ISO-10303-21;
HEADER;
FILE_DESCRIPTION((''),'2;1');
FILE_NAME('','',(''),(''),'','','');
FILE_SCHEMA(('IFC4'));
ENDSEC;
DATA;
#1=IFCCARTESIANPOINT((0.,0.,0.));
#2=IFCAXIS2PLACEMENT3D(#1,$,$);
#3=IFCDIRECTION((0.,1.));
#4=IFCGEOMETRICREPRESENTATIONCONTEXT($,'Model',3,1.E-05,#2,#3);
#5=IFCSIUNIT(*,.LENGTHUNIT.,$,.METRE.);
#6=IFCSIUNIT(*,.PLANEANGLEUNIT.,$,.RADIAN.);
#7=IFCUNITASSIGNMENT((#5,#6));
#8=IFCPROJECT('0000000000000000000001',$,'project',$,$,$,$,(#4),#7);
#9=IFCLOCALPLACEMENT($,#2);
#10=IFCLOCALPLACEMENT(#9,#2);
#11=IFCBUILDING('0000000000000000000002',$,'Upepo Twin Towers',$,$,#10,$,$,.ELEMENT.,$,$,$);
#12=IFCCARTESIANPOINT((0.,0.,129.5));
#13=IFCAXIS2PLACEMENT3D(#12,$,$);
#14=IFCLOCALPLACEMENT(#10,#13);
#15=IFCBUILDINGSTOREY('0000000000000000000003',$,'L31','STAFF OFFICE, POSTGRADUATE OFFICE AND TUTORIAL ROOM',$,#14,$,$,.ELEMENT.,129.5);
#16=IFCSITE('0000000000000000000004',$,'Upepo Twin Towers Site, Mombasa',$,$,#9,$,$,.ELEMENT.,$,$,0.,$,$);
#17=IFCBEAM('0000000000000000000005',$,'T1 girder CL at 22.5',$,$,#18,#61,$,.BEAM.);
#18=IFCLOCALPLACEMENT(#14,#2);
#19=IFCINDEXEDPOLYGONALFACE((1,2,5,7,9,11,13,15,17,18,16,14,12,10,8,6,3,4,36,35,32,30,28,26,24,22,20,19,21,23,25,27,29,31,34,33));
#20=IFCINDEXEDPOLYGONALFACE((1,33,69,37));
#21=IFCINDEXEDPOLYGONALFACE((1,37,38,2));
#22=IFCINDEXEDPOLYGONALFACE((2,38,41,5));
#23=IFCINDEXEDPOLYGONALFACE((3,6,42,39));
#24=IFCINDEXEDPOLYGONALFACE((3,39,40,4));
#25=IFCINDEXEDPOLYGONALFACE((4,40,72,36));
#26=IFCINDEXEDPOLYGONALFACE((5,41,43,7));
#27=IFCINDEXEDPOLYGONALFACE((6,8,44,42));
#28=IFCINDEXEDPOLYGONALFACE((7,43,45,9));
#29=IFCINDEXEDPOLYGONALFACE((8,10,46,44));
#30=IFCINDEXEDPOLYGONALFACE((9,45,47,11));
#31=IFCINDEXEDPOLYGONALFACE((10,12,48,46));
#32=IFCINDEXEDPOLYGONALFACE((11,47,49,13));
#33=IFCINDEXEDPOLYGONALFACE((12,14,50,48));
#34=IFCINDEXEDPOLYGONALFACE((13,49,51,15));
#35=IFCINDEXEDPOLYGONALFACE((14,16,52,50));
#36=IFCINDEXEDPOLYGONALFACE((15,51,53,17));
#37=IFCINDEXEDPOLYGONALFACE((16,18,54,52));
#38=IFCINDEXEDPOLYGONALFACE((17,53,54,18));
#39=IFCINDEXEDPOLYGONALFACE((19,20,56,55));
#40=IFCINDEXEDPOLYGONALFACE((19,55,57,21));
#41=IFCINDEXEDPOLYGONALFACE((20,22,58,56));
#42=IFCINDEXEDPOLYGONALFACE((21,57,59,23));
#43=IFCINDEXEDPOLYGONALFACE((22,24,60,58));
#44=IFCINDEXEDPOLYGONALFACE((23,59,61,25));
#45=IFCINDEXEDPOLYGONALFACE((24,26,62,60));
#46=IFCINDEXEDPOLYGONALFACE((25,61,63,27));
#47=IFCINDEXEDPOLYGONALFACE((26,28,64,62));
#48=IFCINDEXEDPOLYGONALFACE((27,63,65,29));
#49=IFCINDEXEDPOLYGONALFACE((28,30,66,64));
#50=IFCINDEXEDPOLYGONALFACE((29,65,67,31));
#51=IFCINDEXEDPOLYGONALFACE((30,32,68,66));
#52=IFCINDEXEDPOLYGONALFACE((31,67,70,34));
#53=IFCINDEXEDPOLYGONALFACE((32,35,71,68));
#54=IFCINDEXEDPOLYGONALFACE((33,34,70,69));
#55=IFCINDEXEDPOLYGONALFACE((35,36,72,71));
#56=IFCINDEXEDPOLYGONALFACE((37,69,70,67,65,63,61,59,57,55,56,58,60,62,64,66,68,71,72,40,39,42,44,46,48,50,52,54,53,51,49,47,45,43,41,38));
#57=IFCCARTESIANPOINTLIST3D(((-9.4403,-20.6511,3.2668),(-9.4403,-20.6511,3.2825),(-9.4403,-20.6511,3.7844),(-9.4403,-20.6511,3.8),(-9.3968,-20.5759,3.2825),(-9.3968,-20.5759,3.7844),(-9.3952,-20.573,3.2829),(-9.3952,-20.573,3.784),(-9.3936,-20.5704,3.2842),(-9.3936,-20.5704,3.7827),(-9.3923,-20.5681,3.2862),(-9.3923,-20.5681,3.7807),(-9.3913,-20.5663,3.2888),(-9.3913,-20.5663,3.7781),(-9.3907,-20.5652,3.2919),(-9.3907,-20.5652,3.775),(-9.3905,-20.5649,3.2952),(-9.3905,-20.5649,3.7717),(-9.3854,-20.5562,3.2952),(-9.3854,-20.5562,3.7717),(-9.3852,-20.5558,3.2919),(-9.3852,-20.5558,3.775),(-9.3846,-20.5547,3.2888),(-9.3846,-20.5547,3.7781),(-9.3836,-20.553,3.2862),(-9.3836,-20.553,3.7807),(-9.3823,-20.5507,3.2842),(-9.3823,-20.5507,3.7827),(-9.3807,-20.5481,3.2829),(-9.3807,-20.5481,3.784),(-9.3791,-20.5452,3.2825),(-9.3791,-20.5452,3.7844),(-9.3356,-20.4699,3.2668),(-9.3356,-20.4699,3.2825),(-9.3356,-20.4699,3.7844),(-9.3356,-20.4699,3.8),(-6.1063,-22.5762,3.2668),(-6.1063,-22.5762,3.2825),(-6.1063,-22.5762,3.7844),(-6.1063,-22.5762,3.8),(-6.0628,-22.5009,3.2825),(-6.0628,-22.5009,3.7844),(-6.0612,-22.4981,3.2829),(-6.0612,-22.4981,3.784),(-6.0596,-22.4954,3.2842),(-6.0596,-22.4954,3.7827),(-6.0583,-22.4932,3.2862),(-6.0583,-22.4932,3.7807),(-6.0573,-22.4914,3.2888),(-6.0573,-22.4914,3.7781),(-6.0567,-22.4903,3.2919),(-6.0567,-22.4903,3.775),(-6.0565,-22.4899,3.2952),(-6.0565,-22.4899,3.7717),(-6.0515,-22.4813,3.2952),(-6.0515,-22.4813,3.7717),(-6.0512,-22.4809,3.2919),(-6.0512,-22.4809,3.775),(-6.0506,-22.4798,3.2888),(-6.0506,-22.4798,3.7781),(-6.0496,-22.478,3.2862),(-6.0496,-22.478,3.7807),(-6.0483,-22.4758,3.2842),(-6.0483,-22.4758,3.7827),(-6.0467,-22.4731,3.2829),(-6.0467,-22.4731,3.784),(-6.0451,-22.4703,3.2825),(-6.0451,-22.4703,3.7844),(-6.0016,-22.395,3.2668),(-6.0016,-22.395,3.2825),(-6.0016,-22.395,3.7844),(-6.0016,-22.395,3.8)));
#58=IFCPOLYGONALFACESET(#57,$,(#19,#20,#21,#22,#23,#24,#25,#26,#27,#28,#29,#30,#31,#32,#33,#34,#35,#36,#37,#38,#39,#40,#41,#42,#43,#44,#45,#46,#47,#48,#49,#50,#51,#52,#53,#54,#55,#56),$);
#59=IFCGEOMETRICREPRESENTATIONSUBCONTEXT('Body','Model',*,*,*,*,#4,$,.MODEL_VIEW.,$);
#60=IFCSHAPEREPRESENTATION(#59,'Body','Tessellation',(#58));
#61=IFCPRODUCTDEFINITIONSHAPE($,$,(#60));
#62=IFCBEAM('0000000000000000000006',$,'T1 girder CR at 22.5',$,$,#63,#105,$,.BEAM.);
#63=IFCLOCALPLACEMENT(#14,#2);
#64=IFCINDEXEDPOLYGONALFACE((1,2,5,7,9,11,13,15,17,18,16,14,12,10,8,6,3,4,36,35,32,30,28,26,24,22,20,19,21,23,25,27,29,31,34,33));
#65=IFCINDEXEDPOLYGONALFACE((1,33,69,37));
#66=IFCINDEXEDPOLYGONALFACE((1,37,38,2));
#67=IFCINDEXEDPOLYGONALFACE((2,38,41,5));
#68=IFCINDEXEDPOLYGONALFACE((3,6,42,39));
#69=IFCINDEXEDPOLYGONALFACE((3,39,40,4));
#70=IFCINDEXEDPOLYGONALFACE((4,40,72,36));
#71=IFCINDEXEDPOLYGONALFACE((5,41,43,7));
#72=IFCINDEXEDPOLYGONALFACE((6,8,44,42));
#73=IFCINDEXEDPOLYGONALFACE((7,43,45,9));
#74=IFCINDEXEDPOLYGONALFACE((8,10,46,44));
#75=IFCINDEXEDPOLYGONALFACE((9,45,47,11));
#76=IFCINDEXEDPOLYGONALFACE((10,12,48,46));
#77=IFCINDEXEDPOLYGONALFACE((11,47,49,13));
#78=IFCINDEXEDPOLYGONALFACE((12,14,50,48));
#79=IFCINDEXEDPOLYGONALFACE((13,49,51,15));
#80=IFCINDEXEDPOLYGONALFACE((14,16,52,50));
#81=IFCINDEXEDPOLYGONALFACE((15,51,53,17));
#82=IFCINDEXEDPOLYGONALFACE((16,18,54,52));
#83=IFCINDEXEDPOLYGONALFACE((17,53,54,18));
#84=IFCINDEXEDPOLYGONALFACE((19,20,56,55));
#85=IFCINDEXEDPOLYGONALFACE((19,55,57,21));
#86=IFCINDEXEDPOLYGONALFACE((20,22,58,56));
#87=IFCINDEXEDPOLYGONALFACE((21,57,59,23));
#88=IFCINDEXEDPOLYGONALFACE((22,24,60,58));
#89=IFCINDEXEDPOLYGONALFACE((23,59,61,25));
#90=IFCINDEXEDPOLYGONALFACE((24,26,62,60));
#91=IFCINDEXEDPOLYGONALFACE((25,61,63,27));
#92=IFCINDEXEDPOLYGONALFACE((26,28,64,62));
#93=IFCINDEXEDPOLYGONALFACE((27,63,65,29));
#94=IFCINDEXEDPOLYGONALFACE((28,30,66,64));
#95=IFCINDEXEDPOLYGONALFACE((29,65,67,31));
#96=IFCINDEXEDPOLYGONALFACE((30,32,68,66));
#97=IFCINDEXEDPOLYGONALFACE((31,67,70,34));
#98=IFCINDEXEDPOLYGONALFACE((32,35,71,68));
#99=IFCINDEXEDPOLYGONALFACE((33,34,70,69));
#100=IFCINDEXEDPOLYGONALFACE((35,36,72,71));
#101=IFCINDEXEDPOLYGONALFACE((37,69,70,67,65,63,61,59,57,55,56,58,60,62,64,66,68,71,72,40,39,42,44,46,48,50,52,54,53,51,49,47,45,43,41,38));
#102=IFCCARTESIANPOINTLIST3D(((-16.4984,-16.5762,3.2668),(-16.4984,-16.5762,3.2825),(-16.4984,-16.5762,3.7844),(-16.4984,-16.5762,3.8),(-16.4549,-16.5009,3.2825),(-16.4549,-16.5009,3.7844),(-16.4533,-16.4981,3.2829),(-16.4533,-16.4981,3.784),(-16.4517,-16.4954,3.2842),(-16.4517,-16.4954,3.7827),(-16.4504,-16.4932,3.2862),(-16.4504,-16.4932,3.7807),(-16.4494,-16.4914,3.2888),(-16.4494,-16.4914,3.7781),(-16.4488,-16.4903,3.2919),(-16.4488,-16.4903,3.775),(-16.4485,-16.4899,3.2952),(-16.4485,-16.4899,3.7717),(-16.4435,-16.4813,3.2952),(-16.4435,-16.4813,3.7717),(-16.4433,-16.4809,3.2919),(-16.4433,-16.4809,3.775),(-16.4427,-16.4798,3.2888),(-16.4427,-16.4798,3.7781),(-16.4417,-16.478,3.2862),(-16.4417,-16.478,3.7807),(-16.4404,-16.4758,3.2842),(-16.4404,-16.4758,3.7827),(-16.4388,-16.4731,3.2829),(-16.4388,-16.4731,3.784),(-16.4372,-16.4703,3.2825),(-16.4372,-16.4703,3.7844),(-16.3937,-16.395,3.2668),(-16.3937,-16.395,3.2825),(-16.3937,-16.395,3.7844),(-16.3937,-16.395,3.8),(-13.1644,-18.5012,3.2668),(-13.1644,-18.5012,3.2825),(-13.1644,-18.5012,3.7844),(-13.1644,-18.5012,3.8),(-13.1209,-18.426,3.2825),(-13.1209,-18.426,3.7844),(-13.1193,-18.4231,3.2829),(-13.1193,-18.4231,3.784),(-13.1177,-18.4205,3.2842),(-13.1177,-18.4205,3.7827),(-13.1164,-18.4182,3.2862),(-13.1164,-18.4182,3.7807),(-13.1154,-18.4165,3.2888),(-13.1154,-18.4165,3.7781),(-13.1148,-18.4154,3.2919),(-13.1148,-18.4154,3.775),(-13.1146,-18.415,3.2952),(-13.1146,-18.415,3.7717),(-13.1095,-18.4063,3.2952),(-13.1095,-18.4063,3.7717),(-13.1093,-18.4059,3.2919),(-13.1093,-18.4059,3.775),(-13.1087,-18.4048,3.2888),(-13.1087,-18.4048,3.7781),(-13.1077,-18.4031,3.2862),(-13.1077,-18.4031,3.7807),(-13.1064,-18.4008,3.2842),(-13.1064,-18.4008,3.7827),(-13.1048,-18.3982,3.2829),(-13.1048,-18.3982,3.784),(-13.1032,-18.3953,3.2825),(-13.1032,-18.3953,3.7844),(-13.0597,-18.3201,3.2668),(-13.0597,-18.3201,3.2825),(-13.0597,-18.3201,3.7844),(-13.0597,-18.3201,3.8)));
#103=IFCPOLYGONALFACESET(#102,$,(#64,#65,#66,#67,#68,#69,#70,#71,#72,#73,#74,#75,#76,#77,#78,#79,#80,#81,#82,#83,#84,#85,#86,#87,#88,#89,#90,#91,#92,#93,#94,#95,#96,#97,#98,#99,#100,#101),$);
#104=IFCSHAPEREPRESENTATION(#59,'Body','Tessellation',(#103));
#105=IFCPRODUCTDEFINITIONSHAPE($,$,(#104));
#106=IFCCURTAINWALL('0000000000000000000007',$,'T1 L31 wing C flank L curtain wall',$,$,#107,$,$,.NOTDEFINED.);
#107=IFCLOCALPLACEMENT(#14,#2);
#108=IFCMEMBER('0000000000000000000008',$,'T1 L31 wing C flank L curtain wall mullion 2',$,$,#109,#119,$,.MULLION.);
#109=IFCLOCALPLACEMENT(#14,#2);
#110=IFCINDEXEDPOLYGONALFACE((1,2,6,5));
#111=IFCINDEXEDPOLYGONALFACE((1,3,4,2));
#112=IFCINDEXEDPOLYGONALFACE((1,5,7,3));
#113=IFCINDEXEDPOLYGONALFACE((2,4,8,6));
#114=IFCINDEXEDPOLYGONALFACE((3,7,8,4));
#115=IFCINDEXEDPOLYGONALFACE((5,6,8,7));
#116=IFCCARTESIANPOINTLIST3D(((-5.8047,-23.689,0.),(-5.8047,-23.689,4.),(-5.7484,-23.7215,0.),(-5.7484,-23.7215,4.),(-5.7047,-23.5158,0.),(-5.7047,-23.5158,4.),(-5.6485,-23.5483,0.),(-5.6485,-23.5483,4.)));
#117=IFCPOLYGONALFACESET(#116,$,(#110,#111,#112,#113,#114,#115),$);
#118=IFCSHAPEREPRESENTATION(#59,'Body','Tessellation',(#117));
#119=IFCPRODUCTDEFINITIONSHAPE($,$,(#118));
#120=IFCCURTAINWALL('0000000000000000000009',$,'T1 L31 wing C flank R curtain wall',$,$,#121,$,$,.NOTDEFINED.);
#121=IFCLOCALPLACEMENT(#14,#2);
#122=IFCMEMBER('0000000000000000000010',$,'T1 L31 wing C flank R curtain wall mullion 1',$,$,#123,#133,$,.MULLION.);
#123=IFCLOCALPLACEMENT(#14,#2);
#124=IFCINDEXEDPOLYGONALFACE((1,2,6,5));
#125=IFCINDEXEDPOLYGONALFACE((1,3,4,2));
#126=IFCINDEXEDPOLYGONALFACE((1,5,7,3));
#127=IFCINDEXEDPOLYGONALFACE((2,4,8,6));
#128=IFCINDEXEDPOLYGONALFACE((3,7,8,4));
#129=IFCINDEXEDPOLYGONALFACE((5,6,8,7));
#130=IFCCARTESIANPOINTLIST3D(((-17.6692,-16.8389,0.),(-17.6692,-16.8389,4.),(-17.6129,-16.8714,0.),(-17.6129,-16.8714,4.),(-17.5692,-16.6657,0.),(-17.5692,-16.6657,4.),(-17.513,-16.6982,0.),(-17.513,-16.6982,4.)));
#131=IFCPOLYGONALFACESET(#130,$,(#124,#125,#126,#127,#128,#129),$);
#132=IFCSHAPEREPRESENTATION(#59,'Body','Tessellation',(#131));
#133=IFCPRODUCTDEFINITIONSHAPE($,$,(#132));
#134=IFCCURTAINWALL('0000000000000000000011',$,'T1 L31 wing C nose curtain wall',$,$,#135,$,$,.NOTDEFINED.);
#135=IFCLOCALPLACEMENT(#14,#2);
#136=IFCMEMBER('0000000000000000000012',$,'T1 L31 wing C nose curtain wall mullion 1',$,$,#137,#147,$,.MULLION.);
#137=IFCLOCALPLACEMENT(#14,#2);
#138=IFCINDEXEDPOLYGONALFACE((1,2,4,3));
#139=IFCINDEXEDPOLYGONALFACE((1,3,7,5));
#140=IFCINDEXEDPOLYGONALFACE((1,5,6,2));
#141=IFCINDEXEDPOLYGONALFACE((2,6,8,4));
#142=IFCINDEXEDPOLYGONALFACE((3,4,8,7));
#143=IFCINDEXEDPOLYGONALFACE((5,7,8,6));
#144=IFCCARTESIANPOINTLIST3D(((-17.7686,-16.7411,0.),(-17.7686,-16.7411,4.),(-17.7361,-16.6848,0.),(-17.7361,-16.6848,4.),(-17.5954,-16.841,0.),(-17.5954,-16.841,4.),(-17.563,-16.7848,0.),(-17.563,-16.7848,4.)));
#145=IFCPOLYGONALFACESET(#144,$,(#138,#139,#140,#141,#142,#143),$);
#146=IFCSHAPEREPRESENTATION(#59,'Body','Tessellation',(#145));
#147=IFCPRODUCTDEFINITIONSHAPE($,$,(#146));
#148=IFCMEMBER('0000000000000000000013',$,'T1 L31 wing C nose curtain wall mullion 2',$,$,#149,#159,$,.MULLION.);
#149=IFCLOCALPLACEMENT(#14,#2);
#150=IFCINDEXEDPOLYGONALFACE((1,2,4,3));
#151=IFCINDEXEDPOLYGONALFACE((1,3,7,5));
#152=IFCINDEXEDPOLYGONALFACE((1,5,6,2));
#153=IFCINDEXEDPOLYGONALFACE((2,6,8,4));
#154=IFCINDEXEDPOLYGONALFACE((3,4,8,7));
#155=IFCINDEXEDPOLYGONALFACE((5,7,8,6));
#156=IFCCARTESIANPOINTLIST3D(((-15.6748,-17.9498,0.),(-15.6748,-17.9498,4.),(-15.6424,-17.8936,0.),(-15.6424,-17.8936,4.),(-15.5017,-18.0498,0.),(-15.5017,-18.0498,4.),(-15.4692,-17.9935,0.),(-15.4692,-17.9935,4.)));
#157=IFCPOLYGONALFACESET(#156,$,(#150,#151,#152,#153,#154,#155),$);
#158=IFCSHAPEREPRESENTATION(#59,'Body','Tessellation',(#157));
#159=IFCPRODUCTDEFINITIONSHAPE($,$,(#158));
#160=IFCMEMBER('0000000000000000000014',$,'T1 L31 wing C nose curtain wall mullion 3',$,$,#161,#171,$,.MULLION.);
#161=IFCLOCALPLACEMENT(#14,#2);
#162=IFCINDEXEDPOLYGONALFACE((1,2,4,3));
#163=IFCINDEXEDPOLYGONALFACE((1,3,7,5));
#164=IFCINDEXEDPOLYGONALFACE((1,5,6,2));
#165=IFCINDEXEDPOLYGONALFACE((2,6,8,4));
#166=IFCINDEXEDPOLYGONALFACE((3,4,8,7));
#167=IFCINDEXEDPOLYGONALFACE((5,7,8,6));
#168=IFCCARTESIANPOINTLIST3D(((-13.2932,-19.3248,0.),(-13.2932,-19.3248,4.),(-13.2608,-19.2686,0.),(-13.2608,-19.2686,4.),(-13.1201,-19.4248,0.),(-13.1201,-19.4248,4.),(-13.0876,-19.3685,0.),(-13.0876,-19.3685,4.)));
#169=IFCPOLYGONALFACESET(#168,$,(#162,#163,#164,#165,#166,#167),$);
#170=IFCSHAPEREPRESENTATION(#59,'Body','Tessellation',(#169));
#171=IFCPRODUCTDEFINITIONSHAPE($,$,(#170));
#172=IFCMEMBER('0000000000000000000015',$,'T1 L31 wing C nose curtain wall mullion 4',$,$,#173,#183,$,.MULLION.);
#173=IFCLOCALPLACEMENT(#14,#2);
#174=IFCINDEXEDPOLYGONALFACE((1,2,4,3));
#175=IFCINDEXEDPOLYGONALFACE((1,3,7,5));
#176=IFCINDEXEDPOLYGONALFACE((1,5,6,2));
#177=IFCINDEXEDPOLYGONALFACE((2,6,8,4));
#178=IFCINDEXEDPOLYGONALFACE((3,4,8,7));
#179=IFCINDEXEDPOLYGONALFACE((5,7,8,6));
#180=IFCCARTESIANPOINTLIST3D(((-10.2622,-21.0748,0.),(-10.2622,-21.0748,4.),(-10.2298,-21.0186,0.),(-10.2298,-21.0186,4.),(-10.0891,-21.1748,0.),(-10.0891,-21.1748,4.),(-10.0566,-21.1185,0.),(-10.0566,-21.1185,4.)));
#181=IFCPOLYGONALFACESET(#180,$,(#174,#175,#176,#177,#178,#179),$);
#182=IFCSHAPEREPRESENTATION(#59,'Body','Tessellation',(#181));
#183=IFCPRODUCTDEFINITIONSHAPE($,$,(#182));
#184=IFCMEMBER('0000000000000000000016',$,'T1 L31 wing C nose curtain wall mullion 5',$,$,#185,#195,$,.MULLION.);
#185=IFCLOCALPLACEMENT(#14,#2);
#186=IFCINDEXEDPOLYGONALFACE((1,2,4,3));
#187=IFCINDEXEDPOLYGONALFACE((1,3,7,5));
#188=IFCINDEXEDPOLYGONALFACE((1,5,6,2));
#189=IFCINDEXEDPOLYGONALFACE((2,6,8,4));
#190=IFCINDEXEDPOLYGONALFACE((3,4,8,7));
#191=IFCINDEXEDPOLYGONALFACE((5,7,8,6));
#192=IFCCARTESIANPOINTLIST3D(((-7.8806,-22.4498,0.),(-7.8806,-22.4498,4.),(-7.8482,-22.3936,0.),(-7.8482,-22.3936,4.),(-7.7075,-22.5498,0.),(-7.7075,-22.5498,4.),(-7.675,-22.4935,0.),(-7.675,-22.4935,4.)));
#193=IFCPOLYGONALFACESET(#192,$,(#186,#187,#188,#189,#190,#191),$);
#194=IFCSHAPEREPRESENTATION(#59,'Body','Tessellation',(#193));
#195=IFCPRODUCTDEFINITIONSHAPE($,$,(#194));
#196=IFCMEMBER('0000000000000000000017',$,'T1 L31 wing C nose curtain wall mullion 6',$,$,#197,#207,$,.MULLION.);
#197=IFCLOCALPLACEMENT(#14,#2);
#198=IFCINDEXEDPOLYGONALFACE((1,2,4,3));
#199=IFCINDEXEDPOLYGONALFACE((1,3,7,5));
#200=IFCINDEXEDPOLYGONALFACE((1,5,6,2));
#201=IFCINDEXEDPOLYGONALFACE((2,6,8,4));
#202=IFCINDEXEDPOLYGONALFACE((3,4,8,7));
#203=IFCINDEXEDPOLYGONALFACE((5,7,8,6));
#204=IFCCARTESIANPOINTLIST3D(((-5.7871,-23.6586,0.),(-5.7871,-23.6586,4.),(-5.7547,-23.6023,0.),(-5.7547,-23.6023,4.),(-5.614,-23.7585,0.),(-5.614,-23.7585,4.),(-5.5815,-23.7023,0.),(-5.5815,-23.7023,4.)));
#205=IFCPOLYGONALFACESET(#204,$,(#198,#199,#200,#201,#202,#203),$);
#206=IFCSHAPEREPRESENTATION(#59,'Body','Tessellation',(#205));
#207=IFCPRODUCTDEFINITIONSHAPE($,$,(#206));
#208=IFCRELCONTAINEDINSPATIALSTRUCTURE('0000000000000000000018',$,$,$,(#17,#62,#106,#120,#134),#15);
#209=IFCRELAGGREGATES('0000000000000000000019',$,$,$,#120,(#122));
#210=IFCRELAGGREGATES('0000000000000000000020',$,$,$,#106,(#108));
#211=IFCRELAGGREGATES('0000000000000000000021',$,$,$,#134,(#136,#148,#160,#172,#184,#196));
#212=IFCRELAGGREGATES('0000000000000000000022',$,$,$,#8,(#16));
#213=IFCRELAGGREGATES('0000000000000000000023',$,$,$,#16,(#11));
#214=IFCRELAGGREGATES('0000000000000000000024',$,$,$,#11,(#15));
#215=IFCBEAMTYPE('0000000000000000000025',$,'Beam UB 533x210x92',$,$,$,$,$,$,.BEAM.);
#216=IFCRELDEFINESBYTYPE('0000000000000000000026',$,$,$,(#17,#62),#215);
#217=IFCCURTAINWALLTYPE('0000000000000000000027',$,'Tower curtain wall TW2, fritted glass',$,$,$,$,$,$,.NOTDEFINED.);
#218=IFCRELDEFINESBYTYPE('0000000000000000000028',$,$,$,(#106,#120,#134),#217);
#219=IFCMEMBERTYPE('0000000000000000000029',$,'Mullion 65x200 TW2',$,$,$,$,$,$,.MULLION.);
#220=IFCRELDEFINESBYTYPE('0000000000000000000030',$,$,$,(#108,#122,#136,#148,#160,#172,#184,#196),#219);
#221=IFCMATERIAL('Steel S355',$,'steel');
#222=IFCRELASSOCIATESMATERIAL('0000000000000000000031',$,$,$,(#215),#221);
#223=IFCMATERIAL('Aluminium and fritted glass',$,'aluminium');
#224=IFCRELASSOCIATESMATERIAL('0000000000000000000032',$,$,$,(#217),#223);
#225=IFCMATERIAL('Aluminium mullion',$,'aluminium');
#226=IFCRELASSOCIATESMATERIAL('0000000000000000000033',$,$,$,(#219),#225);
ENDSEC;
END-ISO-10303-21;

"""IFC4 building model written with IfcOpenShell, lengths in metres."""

from ifc_helpers import new_model, si_unit, direction, frame, origin, origin_2d, place, context, subcontext, project, spatial, rectangle, i_section, extrude, material, material_profile, profile_set, type_object, element, aggregate, save


model = new_model("IFC4")

# Units and contexts
model_context = context("Model", 3, precision=1e-05, world=origin(), true_north=direction((0.0, 1.0)))
body_context = subcontext(model_context, "Body", "Model", "MODEL_VIEW")
ifc_project = project(units=[si_unit("LENGTHUNIT", "METRE"), si_unit("PLANEANGLEUNIT", "RADIAN")], contexts=[model_context])

# Site, building, storey
site_placement = place(None, origin())
site = spatial("IfcSite", under=ifc_project, at=site_placement, Name="Upepo Twin Towers Site, Mombasa", CompositionType="ELEMENT", RefElevation=0.0)
building_placement = place(site_placement, origin())
building = spatial("IfcBuilding", under=site, at=building_placement, Name="Upepo Twin Towers", CompositionType="ELEMENT")
storey_placement = place(building_placement, frame((0.0, 0.0, 129.5)))
storey = spatial("IfcBuildingStorey", under=building, at=storey_placement, Name="L31", Description="STAFF OFFICE, POSTGRADUATE OFFICE AND TUTORIAL ROOM", CompositionType="ELEMENT", Elevation=129.5)

# Beams
ifc_material_1 = material(Name="Steel S355", Category="steel")
ifc_material_profile_1 = material_profile(ifc_material_1, i_section(OverallWidth=0.2092, OverallDepth=0.5332, WebThickness=0.01, FlangeThickness=0.0156, FilletRadius=0.0127, at=origin_2d()), Name="UB 533x210x92")
ifc_profile_set_1 = profile_set([ifc_material_profile_1], Name="Steel S355")
beam_type_1 = type_object("IfcBeamType", Name="Beam UB 533x210x92", PredefinedType="BEAM", material=ifc_profile_set_1)
for number, where, z_axis, x_axis, name in (
    (1, (-6.054, -22.4856, 3.5334), (-0.866006, 0.500034, 0.0), (-0.500034, -0.866006, 0.0), "T1 girder CL at 22.5"),
    (2, (-16.446, -16.4856, 3.5334), (0.866006, -0.500034, 0.0), (0.500034, 0.866006, 0.0), "T1 girder CR at 22.5"),
):
    element("IfcBeam", number, at=place(storey_placement, frame(where, z_axis=z_axis, x_axis=x_axis)), inside=storey, type_object=beam_type_1, Name=name, PredefinedType="BEAM", context=body_context, shape_type="SweptSolid", body=[
        extrude(i_section(OverallWidth=0.2092, OverallDepth=0.5332, WebThickness=0.01, FlangeThickness=0.0156, FilletRadius=0.0127, at=origin_2d()), origin(), (0.0, 0.0, 1.0), 3.8499),
    ])

# Curtain walls, members
ifc_material_2 = material(Name="Aluminium and fritted glass", Category="aluminium")
curtain_wall_type = type_object("IfcCurtainWallType", Name="Tower curtain wall TW2, fritted glass", PredefinedType="NOTDEFINED", material=ifc_material_2)
curtain_wall_1_placement = place(storey_placement, origin())
curtain_wall_1 = element("IfcCurtainWall", 3, at=curtain_wall_1_placement, inside=storey, type_object=curtain_wall_type, Name="T1 L31 wing C flank L curtain wall", PredefinedType="NOTDEFINED")
ifc_material_3 = material(Name="Aluminium mullion", Category="aluminium")
ifc_material_profile_2 = material_profile(ifc_material_3, rectangle(XDim=0.0649, YDim=0.2, at=origin_2d()), Name="MULLION 65x200")
ifc_profile_set_2 = profile_set([ifc_material_profile_2], Name="Aluminium mullion")
member_type_1 = type_object("IfcMemberType", Name="Mullion 65x200 TW2", PredefinedType="MULLION", material=ifc_profile_set_2)
member_1_placement = place(storey_placement, frame((-5.7266, -23.6187, 0.0), z_axis=(0.0, 0.0, 1.0), x_axis=(0.866025, -0.5, 0.0)))
member_1 = element("IfcMember", 4, at=member_1_placement, type_object=member_type_1, Name="T1 L31 wing C flank L curtain wall mullion 2", PredefinedType="MULLION", context=body_context, shape_type="SweptSolid", body=[
    extrude(rectangle(XDim=0.0649, YDim=0.2, at=origin_2d()), origin(), (0.0, 0.0, 1.0), 4.0),
])
curtain_wall_2_placement = place(storey_placement, origin())
curtain_wall_2 = element("IfcCurtainWall", 5, at=curtain_wall_2_placement, inside=storey, type_object=curtain_wall_type, Name="T1 L31 wing C flank R curtain wall", PredefinedType="NOTDEFINED")
member_2_placement = place(storey_placement, frame((-17.5911, -16.7686, 0.0), z_axis=(0.0, 0.0, 1.0), x_axis=(-0.866025, 0.5, 0.0)))
member_2 = element("IfcMember", 6, at=member_2_placement, type_object=member_type_1, Name="T1 L31 wing C flank R curtain wall mullion 1", PredefinedType="MULLION", context=body_context, shape_type="SweptSolid", body=[
    extrude(rectangle(XDim=0.0649, YDim=0.2, at=origin_2d()), origin(), (0.0, 0.0, 1.0), 4.0),
])

# Curtain wall, members
curtain_wall_3_placement = place(storey_placement, origin())
curtain_wall_3 = element("IfcCurtainWall", 7, at=curtain_wall_3_placement, inside=storey, type_object=curtain_wall_type, Name="T1 L31 wing C nose curtain wall", PredefinedType="NOTDEFINED")
member_3_placement = place(storey_placement, frame((-17.6658, -16.7629, 0.0), z_axis=(0.0, 0.0, 1.0), x_axis=(0.5, 0.866025, 0.0)))
member_3 = element("IfcMember", 8, at=member_3_placement, type_object=member_type_1, Name="T1 L31 wing C nose curtain wall mullion 1", PredefinedType="MULLION", context=body_context, shape_type="SweptSolid", body=[
    extrude(rectangle(XDim=0.0649, YDim=0.2, at=origin_2d()), origin(), (0.0, 0.0, 1.0), 4.0),
])
member_4_placement = place(storey_placement, frame((-15.572, -17.9717, 0.0), z_axis=(0.0, 0.0, 1.0), x_axis=(0.5, 0.866025, 0.0)))
member_4 = element("IfcMember", 9, at=member_4_placement, type_object=member_type_1, Name="T1 L31 wing C nose curtain wall mullion 2", PredefinedType="MULLION", context=body_context, shape_type="SweptSolid", body=[
    extrude(rectangle(XDim=0.0649, YDim=0.2, at=origin_2d()), origin(), (0.0, 0.0, 1.0), 4.0),
])
member_5_placement = place(storey_placement, frame((-13.1904, -19.3467, 0.0), z_axis=(0.0, 0.0, 1.0), x_axis=(0.5, 0.866025, 0.0)))
member_5 = element("IfcMember", 10, at=member_5_placement, type_object=member_type_1, Name="T1 L31 wing C nose curtain wall mullion 3", PredefinedType="MULLION", context=body_context, shape_type="SweptSolid", body=[
    extrude(rectangle(XDim=0.0649, YDim=0.2, at=origin_2d()), origin(), (0.0, 0.0, 1.0), 4.0),
])
member_6_placement = place(storey_placement, frame((-10.1594, -21.0967, 0.0), z_axis=(0.0, 0.0, 1.0), x_axis=(0.5, 0.866025, 0.0)))
member_6 = element("IfcMember", 11, at=member_6_placement, type_object=member_type_1, Name="T1 L31 wing C nose curtain wall mullion 4", PredefinedType="MULLION", context=body_context, shape_type="SweptSolid", body=[
    extrude(rectangle(XDim=0.0649, YDim=0.2, at=origin_2d()), origin(), (0.0, 0.0, 1.0), 4.0),
])
member_7_placement = place(storey_placement, frame((-7.7778, -22.4717, 0.0), z_axis=(0.0, 0.0, 1.0), x_axis=(0.5, 0.866025, 0.0)))
member_7 = element("IfcMember", 12, at=member_7_placement, type_object=member_type_1, Name="T1 L31 wing C nose curtain wall mullion 5", PredefinedType="MULLION", context=body_context, shape_type="SweptSolid", body=[
    extrude(rectangle(XDim=0.0649, YDim=0.2, at=origin_2d()), origin(), (0.0, 0.0, 1.0), 4.0),
])
member_8_placement = place(storey_placement, frame((-5.6843, -23.6804, 0.0), z_axis=(0.0, 0.0, 1.0), x_axis=(0.5, 0.866025, 0.0)))
member_8 = element("IfcMember", 13, at=member_8_placement, type_object=member_type_1, Name="T1 L31 wing C nose curtain wall mullion 6", PredefinedType="MULLION", context=body_context, shape_type="SweptSolid", body=[
    extrude(rectangle(XDim=0.0649, YDim=0.2, at=origin_2d()), origin(), (0.0, 0.0, 1.0), 4.0),
])

aggregate(curtain_wall_2, [member_2])

aggregate(curtain_wall_1, [member_1])
aggregate(curtain_wall_3, [member_3, member_4, member_5, member_6, member_7, member_8])

save(model, "model.ifc")
